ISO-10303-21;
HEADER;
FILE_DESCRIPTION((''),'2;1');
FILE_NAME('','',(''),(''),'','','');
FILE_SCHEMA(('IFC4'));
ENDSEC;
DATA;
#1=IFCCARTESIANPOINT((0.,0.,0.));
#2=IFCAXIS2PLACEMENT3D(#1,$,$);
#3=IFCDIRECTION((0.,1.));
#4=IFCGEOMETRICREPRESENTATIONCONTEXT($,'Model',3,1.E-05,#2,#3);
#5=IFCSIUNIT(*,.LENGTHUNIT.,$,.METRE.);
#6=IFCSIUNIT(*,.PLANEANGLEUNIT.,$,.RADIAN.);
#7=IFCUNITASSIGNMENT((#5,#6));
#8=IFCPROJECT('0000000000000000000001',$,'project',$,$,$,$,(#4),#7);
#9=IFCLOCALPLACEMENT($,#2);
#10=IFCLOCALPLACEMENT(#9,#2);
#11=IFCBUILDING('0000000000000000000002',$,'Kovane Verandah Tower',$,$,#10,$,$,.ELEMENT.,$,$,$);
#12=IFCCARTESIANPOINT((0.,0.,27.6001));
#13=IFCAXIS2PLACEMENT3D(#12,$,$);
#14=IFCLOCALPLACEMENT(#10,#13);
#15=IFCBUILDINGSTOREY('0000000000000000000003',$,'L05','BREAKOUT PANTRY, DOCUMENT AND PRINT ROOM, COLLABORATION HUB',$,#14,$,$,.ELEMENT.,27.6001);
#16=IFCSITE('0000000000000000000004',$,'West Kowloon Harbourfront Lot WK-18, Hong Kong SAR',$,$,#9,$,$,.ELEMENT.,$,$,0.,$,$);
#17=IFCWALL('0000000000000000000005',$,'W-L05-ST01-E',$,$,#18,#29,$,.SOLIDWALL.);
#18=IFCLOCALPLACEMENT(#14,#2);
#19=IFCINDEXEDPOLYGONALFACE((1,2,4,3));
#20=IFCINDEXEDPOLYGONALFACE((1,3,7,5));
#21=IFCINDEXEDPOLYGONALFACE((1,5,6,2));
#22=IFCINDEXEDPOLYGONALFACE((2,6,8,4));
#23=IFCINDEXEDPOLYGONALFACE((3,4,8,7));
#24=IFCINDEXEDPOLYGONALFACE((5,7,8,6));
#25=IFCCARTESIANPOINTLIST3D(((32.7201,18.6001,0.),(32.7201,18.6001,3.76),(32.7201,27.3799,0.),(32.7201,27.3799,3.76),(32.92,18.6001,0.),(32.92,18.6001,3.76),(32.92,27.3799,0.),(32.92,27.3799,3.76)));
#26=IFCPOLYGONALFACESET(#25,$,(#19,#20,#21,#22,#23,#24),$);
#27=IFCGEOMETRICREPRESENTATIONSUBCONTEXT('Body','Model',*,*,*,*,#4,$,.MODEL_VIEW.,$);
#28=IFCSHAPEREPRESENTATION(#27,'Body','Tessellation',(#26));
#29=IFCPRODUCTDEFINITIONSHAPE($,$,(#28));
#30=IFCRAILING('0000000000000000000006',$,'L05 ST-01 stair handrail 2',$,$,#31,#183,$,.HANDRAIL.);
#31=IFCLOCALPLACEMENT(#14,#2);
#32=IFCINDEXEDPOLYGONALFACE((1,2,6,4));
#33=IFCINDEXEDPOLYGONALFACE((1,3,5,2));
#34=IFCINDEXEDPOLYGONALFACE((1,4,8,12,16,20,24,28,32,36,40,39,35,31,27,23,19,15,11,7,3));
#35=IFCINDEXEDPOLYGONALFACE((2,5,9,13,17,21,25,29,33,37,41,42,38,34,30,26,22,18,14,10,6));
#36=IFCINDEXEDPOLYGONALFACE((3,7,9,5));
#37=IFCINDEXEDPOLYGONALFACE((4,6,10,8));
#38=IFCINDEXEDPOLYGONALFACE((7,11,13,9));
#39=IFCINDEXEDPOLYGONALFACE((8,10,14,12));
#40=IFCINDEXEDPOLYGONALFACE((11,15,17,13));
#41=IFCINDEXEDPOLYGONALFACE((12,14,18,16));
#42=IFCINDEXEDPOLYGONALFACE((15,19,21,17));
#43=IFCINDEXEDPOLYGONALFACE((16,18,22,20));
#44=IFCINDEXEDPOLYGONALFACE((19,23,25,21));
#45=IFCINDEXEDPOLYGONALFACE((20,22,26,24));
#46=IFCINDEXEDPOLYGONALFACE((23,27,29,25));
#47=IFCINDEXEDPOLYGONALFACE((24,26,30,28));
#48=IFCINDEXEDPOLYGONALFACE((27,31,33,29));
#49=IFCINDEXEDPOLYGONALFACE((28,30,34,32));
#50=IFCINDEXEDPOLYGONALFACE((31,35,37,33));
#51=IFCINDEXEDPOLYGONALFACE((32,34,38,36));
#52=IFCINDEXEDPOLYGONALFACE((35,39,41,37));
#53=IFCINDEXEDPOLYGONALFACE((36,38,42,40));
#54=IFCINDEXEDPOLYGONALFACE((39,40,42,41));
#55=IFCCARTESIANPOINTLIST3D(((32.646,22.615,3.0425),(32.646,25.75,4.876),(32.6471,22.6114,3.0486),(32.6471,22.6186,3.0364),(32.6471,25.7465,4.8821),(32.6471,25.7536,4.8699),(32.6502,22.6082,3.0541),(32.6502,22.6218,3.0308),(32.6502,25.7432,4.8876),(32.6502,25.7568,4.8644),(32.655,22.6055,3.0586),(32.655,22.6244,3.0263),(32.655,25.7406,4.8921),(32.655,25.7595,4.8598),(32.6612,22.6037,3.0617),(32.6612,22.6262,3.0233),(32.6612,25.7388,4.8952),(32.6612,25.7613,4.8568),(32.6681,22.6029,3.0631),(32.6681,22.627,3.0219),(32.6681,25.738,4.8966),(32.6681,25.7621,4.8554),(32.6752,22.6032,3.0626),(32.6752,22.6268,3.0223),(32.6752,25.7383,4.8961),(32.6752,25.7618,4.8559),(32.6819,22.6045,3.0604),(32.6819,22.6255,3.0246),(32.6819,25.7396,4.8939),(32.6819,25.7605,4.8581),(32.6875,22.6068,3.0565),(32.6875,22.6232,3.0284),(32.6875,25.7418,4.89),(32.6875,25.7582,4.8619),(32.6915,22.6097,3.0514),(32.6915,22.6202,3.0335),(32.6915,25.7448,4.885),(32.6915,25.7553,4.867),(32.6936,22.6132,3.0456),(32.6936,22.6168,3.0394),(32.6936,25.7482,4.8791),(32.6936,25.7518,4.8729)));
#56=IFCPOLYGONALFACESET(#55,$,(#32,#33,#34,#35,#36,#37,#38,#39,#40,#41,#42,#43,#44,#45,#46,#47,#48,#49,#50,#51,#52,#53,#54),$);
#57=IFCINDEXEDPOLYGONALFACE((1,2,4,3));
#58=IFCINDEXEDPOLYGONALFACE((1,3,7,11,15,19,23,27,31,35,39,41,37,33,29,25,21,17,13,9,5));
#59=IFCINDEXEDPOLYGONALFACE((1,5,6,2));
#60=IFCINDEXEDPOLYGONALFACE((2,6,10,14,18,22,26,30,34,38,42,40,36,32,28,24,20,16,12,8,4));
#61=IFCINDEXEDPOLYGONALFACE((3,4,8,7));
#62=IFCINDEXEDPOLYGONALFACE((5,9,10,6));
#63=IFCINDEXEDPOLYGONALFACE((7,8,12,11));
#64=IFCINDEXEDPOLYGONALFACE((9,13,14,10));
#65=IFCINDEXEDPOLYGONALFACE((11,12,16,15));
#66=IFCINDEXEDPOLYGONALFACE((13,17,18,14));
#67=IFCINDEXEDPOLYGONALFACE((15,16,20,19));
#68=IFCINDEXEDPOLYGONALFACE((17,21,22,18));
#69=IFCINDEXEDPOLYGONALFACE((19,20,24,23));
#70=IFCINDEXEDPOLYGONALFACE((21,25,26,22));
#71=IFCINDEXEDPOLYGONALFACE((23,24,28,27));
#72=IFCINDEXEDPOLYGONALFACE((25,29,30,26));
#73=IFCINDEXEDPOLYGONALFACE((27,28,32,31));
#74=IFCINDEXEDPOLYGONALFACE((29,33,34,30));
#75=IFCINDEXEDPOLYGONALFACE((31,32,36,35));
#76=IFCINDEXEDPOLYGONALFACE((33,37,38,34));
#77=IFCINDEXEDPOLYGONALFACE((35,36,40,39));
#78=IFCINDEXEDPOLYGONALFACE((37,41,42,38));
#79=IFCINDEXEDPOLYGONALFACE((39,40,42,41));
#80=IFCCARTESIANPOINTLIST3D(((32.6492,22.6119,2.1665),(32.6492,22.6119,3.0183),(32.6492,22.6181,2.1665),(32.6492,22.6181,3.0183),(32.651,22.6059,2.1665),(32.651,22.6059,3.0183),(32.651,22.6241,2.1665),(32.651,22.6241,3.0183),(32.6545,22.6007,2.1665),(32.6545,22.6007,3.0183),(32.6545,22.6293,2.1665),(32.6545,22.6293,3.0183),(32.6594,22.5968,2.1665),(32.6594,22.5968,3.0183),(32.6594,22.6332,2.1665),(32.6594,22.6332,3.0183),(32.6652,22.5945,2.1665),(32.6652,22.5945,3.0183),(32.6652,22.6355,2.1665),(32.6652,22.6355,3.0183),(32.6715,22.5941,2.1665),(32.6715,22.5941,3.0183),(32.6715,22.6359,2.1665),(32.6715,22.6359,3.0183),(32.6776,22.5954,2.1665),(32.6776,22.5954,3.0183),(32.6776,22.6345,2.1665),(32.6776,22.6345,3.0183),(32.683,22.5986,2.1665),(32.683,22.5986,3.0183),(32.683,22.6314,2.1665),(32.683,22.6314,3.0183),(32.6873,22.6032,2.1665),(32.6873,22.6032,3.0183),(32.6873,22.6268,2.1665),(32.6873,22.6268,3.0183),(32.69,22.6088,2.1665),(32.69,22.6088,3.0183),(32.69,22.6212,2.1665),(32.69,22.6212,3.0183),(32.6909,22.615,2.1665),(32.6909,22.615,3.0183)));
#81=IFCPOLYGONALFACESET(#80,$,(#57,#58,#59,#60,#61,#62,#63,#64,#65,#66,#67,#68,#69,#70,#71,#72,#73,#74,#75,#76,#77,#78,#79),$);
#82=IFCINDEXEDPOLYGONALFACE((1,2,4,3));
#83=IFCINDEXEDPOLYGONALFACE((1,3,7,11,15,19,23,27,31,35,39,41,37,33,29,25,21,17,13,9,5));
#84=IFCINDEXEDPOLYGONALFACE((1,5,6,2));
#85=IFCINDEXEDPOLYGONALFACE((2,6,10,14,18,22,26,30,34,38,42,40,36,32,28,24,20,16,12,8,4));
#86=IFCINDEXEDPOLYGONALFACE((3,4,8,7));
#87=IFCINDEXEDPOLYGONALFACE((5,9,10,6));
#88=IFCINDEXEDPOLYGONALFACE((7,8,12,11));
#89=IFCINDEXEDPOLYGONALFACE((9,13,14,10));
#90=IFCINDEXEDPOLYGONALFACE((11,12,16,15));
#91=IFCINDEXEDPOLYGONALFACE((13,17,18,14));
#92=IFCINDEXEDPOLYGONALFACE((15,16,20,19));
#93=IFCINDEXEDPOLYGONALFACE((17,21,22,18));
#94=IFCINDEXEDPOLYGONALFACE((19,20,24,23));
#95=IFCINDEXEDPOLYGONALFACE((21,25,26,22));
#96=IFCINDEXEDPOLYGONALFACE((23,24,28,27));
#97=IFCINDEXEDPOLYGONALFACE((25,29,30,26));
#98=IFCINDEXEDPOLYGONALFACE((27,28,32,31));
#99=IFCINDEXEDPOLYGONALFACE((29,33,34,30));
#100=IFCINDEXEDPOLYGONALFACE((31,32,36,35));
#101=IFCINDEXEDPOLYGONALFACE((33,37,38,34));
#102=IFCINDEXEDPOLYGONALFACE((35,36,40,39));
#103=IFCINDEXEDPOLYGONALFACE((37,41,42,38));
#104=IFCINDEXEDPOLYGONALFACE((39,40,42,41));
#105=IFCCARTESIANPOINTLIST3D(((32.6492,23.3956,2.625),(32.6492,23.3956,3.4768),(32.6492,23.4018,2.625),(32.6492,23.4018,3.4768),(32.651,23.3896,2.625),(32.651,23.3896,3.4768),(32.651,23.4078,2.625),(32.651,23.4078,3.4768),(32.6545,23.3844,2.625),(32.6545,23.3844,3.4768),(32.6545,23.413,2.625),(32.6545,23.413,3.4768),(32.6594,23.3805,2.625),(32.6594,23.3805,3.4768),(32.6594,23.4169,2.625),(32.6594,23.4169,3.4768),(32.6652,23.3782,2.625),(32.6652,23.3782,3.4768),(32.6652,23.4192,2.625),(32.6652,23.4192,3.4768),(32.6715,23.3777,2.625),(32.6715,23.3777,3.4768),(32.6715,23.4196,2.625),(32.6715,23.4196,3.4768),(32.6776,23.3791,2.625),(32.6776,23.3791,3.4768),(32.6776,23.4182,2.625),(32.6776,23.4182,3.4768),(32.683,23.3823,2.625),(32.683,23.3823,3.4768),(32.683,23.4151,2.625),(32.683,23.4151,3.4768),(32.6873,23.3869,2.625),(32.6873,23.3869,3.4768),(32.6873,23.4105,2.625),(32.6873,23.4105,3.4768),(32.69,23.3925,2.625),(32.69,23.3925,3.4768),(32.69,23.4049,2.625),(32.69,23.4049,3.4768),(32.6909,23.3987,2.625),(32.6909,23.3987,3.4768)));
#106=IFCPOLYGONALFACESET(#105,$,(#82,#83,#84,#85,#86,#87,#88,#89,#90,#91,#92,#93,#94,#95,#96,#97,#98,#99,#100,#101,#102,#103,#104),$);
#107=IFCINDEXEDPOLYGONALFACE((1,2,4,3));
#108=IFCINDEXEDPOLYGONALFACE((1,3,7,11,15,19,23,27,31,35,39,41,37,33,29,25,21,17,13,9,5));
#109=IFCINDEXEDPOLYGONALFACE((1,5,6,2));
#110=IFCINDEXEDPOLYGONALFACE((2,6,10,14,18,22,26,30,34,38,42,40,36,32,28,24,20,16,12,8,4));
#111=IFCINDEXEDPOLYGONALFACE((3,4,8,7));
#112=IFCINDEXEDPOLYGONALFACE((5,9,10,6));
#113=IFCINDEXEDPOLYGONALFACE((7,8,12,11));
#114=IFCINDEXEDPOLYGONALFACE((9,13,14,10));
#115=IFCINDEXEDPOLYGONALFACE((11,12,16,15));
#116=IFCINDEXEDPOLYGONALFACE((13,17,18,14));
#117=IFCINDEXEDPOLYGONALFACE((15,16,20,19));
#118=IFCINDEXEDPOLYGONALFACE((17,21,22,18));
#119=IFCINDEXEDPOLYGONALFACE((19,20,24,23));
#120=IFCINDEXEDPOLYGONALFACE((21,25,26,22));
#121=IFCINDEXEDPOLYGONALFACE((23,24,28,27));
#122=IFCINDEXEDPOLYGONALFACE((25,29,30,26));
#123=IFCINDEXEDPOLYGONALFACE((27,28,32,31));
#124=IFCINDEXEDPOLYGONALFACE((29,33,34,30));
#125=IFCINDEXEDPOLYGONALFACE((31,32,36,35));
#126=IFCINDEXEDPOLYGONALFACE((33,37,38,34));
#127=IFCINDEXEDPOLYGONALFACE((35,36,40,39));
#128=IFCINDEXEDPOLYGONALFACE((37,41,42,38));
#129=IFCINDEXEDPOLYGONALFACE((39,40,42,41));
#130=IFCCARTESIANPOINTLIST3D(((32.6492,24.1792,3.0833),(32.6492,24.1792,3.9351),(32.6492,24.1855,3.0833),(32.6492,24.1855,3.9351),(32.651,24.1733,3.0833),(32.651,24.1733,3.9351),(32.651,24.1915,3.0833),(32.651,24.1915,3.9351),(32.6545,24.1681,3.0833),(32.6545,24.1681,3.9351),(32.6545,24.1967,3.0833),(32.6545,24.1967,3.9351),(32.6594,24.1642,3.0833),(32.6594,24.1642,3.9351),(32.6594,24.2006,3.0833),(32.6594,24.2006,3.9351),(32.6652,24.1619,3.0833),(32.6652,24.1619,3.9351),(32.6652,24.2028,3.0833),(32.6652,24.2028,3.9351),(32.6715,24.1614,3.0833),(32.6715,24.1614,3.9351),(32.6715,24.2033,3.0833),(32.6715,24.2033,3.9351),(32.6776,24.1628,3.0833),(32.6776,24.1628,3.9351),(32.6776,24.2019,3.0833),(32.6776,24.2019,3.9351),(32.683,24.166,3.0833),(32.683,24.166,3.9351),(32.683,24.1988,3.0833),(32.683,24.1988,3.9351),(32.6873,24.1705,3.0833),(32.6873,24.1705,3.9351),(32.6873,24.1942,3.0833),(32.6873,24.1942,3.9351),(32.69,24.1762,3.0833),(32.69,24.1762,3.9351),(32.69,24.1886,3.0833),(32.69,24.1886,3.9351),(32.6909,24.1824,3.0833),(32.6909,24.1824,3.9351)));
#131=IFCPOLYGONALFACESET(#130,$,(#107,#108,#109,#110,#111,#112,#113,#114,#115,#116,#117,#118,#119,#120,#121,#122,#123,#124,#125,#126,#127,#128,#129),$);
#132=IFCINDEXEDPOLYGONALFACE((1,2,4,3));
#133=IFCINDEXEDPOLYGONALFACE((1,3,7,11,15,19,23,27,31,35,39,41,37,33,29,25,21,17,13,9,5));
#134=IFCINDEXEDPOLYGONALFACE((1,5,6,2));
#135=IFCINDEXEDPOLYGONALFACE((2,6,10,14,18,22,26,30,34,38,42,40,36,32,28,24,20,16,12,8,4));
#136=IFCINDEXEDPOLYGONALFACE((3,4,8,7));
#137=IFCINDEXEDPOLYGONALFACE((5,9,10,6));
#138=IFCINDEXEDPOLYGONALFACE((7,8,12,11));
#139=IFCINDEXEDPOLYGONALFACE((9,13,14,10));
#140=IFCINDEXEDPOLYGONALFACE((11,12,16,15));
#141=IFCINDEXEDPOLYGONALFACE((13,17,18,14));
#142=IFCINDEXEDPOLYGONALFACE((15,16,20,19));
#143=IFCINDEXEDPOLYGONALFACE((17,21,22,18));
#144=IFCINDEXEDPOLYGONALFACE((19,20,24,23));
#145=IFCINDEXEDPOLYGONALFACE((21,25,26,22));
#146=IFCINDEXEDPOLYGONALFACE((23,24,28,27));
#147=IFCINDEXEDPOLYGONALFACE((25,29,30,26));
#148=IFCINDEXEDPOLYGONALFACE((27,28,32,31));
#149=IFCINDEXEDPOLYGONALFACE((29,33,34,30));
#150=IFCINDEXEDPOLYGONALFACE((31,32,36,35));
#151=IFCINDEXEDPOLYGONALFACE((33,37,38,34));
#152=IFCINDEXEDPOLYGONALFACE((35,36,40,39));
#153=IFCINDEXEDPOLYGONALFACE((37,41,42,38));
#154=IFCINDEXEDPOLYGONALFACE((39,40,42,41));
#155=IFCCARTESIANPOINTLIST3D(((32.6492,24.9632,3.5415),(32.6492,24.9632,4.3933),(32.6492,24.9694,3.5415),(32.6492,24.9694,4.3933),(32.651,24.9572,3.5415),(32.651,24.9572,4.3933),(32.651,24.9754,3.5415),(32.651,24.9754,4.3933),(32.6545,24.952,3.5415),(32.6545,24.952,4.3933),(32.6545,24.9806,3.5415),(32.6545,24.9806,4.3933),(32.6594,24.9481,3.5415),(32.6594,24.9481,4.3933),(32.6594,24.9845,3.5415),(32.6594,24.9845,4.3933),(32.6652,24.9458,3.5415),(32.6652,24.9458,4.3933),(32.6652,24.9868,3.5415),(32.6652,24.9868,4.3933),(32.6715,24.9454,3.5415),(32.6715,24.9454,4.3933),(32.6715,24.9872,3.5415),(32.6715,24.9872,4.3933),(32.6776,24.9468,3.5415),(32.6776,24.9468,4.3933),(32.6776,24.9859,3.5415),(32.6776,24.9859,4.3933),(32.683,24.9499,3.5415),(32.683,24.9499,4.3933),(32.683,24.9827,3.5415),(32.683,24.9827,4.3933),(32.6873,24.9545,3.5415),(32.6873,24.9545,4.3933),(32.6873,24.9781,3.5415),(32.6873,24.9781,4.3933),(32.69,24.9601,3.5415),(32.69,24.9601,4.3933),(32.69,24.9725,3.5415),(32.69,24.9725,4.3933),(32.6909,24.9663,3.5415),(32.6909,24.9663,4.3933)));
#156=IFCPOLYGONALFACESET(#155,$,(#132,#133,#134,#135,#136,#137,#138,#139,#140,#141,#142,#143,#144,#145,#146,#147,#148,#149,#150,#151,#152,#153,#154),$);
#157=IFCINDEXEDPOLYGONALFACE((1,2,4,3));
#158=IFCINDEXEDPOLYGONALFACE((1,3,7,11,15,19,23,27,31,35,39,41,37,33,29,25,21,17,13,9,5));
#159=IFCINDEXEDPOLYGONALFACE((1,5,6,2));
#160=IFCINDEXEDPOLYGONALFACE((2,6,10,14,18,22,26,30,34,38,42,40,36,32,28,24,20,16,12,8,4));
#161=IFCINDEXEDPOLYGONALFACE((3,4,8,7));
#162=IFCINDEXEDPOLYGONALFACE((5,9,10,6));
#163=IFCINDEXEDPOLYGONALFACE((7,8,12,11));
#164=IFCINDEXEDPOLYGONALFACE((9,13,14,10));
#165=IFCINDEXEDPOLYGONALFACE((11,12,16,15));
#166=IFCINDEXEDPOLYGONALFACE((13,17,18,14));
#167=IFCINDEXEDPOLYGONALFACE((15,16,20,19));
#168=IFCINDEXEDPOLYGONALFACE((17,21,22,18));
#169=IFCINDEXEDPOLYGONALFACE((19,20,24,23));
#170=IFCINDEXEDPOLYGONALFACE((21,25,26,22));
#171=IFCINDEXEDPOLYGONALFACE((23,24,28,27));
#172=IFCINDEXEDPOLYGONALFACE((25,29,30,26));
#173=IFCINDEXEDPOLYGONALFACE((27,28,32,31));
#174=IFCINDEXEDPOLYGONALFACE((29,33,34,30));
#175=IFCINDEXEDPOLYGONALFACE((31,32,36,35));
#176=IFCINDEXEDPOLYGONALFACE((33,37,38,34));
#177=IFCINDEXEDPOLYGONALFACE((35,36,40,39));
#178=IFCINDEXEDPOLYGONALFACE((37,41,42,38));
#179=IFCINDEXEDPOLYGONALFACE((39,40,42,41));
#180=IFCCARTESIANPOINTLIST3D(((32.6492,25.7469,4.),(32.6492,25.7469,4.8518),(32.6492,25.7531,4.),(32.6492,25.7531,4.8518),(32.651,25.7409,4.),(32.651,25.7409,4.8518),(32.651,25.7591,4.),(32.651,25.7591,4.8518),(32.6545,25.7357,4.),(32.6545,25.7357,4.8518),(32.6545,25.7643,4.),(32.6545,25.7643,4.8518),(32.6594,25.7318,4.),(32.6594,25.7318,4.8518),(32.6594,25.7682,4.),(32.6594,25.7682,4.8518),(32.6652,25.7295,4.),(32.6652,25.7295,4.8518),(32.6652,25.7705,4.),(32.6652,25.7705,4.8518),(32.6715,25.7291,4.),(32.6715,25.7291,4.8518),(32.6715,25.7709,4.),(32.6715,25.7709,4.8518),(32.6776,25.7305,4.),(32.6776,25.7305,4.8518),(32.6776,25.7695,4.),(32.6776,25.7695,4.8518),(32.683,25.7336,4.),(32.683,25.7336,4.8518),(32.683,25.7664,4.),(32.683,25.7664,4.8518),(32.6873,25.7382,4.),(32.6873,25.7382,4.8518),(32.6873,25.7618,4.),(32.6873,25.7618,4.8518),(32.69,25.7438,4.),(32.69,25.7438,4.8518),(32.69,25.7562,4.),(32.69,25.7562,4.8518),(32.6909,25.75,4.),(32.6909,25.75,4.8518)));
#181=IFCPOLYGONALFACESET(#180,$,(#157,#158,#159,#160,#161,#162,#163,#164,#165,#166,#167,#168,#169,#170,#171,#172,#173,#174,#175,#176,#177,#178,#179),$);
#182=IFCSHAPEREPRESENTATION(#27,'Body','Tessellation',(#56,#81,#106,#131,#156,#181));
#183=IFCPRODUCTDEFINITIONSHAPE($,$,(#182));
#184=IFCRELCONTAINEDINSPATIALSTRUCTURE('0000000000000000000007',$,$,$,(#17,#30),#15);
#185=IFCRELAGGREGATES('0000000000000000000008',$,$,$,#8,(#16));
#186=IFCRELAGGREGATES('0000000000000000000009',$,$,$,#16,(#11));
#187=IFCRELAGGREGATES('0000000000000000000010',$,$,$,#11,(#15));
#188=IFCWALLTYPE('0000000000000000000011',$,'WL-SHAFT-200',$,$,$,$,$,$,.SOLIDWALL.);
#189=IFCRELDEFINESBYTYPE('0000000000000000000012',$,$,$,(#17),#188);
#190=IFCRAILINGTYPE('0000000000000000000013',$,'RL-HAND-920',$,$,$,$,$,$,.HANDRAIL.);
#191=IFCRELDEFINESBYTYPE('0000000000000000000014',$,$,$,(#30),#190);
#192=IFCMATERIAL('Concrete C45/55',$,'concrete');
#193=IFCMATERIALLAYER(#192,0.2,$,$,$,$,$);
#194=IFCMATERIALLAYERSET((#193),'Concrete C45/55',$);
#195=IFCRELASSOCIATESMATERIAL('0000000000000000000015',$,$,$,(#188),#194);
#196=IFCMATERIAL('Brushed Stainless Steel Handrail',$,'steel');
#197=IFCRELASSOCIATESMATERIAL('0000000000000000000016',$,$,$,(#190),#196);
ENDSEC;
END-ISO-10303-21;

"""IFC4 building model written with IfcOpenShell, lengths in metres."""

from ifc_helpers import new_model, si_unit, direction, frame, frame_2d, origin, origin_2d, place, context, subcontext, project, spatial, rectangle, circle, extrude, material, layer, layer_set, type_object, element, save


model = new_model("IFC4")

# Units and contexts
model_context = context("Model", 3, precision=1e-05, world=origin(), true_north=direction((0.0, 1.0)))
body_context = subcontext(model_context, "Body", "Model", "MODEL_VIEW")
ifc_project = project(units=[si_unit("LENGTHUNIT", "METRE"), si_unit("PLANEANGLEUNIT", "RADIAN")], contexts=[model_context])

# Site, building, storey
site_placement = place(None, origin())
site = spatial("IfcSite", under=ifc_project, at=site_placement, Name="West Kowloon Harbourfront Lot WK-18, Hong Kong SAR", CompositionType="ELEMENT", RefElevation=0.0)
building_placement = place(site_placement, origin())
building = spatial("IfcBuilding", under=site, at=building_placement, Name="Kovane Verandah Tower", CompositionType="ELEMENT")
storey_placement = place(building_placement, frame((0.0, 0.0, 27.6001)))
storey = spatial("IfcBuildingStorey", under=building, at=storey_placement, Name="L05", Description="BREAKOUT PANTRY, DOCUMENT AND PRINT ROOM, COLLABORATION HUB", CompositionType="ELEMENT", Elevation=27.6001)

# Wall
ifc_material_1 = material(Name="Concrete C45/55", Category="concrete")
ifc_layer_1 = layer(ifc_material_1, 0.2)
ifc_layer_set_1 = layer_set([ifc_layer_1], Name="Concrete C45/55")
wall_type_1 = type_object("IfcWallType", Name="WL-SHAFT-200", PredefinedType="SOLIDWALL", material=ifc_layer_set_1)
wall_1_placement = place(storey_placement, frame((32.8201, 18.6001, 0.0), z_axis=(0.0, 0.0, 1.0), x_axis=(0.0, 1.0, 0.0)))
element("IfcWall", 1, at=wall_1_placement, inside=storey, type_object=wall_type_1, Name="W-L05-ST01-E", PredefinedType="SOLIDWALL", context=body_context, shape_type="SweptSolid", body=[
    extrude(rectangle(XDim=8.7798, YDim=0.2, at=frame_2d((4.3899, 0.0))), origin(), (0.0, 0.0, 1.0), 3.76),
])

# Railing
ifc_material_2 = material(Name="Brushed Stainless Steel Handrail", Category="steel")
railing_type = type_object("IfcRailingType", Name="RL-HAND-920", PredefinedType="HANDRAIL", material=ifc_material_2)
railing_placement = place(storey_placement, frame((32.6699, 22.615, 2.1665)))
element("IfcRailing", 2, at=railing_placement, inside=storey, type_object=railing_type, Name="L05 ST-01 stair handrail 2", PredefinedType="HANDRAIL", context=body_context, shape_type="SweptSolid", body=[
    extrude(circle(Radius=0.0239, at=origin_2d()), frame((0.0, 0.0, 0.876), z_axis=(0.0, 0.86321, 0.504845), x_axis=(-1.0, 0.0, 0.0)), (0.0, 0.0, 1.0), 3.6318),
    extrude(circle(Radius=0.021, at=origin_2d()), origin(), (0.0, 0.0, 1.0), 0.8518),
    extrude(circle(Radius=0.021, at=origin_2d()), frame((0.0, 0.7837, 0.4585)), (0.0, 0.0, 1.0), 0.8518),
    extrude(circle(Radius=0.021, at=origin_2d()), frame((0.0, 1.5674, 0.9167)), (0.0, 0.0, 1.0), 0.8518),
    extrude(circle(Radius=0.021, at=origin_2d()), frame((0.0, 2.3513, 1.375)), (0.0, 0.0, 1.0), 0.8518),
    extrude(circle(Radius=0.021, at=origin_2d()), frame((0.0, 3.135, 1.8335)), (0.0, 0.0, 1.0), 0.8518),
])

save(model, "model.ifc")
